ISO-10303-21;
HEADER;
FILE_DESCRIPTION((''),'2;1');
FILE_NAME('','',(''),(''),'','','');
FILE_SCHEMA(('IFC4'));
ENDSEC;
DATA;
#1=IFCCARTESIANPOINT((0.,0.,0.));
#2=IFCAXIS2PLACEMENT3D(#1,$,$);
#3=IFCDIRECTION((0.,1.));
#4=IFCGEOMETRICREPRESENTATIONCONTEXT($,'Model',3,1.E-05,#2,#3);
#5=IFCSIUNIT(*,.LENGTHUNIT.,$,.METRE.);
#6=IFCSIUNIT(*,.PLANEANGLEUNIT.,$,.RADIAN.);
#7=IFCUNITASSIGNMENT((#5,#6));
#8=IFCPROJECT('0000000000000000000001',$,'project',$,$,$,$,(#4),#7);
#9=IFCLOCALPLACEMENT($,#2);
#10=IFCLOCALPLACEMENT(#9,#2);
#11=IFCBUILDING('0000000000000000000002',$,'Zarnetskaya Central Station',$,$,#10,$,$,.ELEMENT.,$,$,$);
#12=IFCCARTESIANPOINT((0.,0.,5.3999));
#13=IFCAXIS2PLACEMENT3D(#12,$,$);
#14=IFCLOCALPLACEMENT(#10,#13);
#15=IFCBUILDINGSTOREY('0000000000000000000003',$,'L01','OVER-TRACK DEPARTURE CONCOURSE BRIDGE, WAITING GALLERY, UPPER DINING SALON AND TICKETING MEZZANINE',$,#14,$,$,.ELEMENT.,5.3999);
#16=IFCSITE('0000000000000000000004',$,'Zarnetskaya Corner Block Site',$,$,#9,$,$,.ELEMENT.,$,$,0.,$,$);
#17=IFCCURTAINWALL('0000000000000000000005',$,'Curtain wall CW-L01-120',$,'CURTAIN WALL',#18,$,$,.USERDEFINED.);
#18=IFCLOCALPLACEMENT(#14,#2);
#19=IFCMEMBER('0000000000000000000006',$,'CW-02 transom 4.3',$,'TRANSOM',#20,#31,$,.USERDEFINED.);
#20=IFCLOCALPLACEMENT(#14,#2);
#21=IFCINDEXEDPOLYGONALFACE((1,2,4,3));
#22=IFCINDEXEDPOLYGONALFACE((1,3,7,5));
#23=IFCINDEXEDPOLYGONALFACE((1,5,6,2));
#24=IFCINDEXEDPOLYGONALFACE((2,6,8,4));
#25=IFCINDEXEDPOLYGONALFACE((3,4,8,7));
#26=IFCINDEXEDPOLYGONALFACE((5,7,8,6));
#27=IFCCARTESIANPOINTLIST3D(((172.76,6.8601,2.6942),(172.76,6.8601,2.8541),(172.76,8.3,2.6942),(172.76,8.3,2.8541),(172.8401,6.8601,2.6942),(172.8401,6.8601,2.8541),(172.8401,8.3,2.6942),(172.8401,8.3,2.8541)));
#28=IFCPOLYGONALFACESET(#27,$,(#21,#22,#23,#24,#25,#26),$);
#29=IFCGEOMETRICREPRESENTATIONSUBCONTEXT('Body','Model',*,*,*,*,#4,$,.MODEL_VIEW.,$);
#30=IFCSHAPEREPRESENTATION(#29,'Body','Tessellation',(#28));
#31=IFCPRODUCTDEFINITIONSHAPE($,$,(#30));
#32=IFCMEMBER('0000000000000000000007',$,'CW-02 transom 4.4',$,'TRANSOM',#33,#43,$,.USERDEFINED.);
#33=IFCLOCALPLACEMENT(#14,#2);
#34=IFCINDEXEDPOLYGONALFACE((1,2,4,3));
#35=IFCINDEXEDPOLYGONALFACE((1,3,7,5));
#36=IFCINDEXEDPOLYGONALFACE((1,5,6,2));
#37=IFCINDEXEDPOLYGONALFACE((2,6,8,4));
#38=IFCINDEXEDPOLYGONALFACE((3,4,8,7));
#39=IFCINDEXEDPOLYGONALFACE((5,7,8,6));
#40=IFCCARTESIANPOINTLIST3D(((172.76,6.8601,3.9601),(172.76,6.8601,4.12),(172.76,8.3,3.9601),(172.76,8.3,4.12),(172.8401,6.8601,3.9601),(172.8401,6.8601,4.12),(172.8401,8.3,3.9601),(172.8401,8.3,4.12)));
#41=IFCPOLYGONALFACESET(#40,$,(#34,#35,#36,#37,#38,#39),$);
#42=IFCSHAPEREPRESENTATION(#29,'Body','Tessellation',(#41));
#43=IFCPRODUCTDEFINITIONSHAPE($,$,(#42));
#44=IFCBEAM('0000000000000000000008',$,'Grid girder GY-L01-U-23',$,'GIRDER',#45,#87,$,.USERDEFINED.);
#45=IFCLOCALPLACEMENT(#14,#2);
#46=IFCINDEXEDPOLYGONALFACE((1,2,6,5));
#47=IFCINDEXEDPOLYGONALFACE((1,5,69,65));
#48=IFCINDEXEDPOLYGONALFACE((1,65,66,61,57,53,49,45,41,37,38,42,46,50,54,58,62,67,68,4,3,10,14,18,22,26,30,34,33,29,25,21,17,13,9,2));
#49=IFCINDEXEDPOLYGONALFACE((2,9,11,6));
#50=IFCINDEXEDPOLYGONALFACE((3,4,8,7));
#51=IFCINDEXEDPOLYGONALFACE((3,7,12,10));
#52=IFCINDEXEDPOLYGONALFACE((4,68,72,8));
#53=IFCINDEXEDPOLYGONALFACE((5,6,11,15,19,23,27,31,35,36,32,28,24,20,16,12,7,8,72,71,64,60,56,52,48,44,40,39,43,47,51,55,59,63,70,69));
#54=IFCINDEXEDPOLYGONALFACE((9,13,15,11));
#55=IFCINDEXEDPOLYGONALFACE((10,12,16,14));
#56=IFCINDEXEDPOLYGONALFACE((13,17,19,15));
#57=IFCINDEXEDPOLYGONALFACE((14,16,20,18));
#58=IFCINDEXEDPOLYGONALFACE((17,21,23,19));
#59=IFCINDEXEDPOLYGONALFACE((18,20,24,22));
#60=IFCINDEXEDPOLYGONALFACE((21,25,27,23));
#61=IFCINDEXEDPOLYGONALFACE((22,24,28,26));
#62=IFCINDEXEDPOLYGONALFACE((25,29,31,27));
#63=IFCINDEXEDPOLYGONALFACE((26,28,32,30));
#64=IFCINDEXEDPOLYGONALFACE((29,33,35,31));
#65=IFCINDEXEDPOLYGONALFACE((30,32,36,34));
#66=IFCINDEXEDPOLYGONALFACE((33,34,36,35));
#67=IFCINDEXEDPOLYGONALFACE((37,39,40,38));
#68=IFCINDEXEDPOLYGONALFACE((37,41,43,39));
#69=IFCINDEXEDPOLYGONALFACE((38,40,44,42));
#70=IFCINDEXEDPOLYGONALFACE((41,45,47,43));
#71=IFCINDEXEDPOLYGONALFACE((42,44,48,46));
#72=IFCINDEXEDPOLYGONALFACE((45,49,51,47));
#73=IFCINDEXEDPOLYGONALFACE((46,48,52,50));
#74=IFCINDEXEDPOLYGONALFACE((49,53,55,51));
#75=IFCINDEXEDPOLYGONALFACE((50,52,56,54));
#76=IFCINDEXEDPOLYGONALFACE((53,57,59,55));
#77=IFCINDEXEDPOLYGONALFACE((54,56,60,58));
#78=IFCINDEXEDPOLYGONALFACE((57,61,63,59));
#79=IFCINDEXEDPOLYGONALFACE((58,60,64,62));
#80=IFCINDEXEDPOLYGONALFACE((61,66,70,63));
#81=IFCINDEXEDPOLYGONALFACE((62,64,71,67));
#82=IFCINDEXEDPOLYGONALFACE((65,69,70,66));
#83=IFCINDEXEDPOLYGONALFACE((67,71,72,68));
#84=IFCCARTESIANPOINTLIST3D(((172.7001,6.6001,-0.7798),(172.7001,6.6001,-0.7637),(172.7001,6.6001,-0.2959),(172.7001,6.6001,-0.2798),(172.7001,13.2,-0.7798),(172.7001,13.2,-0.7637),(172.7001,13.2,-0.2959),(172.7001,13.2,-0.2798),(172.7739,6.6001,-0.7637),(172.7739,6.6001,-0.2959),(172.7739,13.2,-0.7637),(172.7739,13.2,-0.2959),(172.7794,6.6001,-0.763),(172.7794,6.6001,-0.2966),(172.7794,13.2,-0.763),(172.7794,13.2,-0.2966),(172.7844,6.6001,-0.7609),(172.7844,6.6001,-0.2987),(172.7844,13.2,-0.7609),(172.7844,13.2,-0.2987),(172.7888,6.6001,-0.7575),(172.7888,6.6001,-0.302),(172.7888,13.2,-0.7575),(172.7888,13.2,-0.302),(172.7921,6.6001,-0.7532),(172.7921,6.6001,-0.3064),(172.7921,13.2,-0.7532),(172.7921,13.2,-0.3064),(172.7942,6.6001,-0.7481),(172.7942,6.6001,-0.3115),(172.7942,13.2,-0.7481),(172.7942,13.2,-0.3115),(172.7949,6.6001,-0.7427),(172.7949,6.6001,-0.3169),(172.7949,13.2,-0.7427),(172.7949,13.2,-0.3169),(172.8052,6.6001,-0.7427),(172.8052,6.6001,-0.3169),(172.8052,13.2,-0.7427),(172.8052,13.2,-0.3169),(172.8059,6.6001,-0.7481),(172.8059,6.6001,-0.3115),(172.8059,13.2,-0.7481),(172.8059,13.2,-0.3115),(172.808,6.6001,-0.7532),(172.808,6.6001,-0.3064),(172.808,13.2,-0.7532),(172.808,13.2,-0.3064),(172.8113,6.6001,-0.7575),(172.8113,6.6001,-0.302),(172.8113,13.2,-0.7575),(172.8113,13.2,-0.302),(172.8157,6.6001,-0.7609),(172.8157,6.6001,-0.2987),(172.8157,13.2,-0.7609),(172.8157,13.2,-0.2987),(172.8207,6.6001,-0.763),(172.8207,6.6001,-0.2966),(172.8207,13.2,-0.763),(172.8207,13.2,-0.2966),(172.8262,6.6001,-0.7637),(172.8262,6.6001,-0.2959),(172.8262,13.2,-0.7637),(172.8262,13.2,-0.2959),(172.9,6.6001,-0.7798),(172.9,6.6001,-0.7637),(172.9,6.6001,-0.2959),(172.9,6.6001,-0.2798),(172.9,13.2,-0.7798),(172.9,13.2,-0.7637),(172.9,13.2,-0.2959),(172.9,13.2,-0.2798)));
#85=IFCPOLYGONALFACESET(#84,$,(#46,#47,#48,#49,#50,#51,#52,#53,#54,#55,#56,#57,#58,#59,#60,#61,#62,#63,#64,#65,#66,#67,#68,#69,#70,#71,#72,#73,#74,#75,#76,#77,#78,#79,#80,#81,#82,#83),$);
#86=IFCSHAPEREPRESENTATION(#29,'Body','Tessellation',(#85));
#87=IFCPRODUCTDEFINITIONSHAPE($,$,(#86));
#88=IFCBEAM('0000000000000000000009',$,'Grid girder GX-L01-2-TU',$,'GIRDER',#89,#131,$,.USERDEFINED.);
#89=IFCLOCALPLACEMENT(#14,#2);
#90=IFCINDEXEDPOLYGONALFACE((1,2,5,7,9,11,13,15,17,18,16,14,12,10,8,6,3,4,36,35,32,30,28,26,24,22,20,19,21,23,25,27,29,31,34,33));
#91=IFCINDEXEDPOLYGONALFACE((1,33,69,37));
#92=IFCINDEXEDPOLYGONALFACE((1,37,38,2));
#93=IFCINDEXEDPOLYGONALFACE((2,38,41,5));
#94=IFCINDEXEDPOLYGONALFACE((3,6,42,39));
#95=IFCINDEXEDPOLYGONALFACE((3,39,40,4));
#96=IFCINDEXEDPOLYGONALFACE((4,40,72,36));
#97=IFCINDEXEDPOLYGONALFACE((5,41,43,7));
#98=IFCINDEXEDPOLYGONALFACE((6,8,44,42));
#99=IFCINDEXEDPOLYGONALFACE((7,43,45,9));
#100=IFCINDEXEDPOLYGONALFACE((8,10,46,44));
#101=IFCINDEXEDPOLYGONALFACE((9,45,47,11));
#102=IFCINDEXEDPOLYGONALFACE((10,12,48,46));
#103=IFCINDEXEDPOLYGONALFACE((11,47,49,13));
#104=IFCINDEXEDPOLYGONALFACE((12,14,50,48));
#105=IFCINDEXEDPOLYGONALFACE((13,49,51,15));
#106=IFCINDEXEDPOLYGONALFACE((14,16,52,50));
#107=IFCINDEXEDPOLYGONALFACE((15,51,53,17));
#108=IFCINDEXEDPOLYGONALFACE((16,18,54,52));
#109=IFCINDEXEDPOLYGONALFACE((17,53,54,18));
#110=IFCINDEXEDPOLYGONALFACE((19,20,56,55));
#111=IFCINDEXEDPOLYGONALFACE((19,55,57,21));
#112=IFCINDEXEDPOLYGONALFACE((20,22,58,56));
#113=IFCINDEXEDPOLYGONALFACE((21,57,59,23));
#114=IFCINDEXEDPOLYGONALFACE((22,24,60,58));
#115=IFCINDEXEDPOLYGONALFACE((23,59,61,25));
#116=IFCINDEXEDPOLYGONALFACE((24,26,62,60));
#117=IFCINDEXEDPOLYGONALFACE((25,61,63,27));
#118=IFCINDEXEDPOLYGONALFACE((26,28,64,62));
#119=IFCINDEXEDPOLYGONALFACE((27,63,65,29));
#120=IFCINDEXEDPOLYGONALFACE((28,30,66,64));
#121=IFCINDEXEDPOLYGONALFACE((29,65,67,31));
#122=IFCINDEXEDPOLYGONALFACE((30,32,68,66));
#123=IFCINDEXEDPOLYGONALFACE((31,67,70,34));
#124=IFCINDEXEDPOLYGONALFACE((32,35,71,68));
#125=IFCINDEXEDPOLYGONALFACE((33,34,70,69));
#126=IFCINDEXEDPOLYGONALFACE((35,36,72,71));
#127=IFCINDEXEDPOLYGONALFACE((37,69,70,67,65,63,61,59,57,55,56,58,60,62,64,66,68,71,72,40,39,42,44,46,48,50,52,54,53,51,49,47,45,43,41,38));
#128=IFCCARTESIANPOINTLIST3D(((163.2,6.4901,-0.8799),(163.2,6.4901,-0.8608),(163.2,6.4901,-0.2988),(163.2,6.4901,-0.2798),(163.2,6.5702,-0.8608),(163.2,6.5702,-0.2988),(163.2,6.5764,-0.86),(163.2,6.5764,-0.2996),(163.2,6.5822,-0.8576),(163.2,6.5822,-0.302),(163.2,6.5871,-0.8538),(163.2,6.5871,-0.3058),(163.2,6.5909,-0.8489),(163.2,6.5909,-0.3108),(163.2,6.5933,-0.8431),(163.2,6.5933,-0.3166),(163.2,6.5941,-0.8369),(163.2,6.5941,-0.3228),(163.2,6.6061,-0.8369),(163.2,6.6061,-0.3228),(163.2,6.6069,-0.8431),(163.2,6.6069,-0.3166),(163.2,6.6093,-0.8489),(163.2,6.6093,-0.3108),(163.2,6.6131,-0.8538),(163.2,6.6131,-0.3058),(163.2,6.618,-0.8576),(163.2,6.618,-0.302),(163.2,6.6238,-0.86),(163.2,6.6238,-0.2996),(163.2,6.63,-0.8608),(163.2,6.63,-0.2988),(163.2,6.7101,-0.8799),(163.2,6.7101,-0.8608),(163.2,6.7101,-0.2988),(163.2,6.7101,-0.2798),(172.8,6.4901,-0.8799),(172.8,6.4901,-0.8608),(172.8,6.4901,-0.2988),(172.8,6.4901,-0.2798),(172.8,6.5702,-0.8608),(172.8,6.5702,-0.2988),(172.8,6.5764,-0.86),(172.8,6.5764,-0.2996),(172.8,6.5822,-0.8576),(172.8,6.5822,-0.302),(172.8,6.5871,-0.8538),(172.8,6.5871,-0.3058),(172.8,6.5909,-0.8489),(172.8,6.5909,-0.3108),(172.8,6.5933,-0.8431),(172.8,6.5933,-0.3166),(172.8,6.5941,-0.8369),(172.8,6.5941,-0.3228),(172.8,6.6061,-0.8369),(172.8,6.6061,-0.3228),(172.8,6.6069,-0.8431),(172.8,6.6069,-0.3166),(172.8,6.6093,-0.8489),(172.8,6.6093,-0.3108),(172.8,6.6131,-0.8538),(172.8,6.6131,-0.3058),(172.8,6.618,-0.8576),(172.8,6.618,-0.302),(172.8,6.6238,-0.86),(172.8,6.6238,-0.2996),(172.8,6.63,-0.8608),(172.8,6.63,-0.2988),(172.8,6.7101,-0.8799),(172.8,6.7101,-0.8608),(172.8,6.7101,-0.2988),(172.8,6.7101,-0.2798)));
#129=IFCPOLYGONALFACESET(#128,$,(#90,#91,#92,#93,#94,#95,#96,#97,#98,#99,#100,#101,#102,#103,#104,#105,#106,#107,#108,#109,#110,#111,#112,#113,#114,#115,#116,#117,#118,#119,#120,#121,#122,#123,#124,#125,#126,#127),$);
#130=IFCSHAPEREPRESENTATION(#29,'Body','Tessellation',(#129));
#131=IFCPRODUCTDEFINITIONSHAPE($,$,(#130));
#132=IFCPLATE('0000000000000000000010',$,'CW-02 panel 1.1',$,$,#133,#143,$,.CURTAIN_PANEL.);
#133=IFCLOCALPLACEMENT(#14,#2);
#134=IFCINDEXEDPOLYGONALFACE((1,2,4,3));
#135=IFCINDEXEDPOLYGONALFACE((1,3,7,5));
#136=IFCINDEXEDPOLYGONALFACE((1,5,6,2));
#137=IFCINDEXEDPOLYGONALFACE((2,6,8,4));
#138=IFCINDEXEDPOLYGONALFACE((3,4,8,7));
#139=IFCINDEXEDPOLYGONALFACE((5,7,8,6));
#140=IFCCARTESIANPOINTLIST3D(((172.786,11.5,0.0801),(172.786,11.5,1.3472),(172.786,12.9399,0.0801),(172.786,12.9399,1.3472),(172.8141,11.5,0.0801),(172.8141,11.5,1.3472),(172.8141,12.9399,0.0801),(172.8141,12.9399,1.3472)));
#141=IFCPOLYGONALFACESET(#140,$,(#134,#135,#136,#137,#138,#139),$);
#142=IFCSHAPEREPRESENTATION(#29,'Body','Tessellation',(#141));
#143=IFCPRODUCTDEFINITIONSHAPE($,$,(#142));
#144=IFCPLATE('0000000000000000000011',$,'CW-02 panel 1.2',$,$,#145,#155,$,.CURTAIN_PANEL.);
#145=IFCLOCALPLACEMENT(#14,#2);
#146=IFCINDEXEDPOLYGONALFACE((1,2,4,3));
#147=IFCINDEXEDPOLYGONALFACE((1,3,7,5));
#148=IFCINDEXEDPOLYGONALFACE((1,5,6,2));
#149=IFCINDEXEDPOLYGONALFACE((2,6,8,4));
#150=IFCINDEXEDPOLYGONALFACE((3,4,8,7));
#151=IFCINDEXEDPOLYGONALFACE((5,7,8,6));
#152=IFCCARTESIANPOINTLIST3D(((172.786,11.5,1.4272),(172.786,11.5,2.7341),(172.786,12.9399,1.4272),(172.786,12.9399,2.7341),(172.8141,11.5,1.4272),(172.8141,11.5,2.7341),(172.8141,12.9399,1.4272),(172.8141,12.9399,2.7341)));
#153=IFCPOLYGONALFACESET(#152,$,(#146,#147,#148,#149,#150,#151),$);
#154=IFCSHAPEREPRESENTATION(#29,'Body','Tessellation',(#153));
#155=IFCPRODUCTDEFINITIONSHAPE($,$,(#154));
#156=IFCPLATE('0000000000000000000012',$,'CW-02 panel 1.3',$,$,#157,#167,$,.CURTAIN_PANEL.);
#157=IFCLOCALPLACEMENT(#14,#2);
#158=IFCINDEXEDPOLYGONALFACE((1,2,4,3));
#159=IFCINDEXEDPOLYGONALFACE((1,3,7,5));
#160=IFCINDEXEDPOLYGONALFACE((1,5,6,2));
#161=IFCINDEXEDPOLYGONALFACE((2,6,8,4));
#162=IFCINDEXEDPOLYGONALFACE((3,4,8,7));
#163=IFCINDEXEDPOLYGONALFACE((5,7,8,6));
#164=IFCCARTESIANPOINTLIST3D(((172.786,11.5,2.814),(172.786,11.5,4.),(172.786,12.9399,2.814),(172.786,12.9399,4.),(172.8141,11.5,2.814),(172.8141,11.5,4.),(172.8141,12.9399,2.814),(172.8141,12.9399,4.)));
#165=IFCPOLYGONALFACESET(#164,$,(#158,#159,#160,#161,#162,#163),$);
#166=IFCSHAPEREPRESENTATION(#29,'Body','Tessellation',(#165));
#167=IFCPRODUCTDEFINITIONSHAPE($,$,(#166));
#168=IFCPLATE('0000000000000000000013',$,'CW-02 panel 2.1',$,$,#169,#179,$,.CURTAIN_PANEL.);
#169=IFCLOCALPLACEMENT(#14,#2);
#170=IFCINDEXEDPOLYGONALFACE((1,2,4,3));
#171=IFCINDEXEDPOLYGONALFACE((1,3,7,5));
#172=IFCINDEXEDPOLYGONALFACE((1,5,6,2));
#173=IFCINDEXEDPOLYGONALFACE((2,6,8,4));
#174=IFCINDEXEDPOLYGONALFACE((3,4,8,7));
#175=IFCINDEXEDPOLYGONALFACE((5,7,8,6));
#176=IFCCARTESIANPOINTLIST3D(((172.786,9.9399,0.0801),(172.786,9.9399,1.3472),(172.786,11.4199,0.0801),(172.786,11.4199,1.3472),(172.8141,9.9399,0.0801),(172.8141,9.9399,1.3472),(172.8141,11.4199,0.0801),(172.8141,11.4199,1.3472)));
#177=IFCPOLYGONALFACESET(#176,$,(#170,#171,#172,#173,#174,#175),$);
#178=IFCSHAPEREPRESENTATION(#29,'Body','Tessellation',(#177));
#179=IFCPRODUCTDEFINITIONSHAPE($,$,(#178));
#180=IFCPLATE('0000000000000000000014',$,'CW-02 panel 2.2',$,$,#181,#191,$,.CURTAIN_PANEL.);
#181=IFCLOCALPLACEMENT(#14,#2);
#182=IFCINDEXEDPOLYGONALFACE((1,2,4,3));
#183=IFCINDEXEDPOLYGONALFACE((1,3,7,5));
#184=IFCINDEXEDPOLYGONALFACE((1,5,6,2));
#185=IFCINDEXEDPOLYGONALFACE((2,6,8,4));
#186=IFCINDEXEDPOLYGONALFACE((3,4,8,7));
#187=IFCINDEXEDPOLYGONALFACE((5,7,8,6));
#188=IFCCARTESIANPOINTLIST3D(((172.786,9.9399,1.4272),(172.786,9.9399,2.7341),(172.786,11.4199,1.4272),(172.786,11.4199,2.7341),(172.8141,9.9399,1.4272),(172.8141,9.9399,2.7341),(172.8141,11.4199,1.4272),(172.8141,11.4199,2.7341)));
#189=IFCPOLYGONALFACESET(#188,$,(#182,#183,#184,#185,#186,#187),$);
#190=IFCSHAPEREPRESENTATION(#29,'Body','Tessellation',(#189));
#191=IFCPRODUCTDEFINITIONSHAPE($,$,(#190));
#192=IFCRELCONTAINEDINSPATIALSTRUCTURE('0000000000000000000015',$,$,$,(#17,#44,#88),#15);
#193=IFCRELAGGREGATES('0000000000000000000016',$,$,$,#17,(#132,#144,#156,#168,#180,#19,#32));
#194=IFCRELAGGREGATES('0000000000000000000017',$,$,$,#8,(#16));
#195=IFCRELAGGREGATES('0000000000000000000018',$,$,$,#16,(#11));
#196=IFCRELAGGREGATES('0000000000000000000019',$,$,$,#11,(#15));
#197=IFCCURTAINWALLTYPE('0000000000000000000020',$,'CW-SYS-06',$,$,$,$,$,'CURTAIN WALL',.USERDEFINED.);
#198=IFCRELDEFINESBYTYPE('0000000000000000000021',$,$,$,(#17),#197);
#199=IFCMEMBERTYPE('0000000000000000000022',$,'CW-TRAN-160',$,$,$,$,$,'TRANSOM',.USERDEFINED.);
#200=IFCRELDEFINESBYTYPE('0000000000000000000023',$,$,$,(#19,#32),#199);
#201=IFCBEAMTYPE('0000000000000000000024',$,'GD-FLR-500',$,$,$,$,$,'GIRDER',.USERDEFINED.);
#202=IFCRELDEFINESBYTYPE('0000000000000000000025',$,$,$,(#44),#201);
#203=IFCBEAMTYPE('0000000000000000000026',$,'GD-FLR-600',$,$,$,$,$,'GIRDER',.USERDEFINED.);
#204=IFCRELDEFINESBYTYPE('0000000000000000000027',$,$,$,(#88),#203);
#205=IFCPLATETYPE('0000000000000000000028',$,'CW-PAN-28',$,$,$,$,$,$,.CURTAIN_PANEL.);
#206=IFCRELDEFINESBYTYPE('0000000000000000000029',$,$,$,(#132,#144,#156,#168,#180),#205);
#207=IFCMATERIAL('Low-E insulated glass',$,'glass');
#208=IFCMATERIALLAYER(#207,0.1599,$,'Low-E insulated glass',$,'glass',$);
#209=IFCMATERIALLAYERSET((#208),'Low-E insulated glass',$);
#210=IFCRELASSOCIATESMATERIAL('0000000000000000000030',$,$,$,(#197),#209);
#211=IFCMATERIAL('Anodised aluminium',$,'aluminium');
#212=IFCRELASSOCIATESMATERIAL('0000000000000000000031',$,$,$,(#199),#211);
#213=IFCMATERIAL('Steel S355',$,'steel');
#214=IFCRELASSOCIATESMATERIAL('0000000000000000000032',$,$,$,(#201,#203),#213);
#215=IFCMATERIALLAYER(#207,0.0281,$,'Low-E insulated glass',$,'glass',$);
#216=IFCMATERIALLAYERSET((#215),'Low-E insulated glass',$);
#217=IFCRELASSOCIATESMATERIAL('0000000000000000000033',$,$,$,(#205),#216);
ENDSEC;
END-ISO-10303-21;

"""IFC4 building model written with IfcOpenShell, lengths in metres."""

from ifc_helpers import new_model, si_unit, direction, frame, origin, origin_2d, place, context, subcontext, project, spatial, rectangle, i_section, extrude, material, layer, layer_set, material_profile, profile_set, type_object, element, aggregate, save


model = new_model("IFC4")

# Units and contexts
model_context = context("Model", 3, precision=1e-05, world=origin(), true_north=direction((0.0, 1.0)))
body_context = subcontext(model_context, "Body", "Model", "MODEL_VIEW")
ifc_project = project(units=[si_unit("LENGTHUNIT", "METRE"), si_unit("PLANEANGLEUNIT", "RADIAN")], contexts=[model_context])

# Site, building, storey
site_placement = place(None, origin())
site = spatial("IfcSite", under=ifc_project, at=site_placement, Name="Zarnetskaya Corner Block Site", CompositionType="ELEMENT", RefElevation=0.0)
building_placement = place(site_placement, origin())
building = spatial("IfcBuilding", under=site, at=building_placement, Name="Zarnetskaya Central Station", CompositionType="ELEMENT")
storey_placement = place(building_placement, frame((0.0, 0.0, 5.3999)))
storey = spatial("IfcBuildingStorey", under=building, at=storey_placement, Name="L01", Description="OVER-TRACK DEPARTURE CONCOURSE BRIDGE, WAITING GALLERY, UPPER DINING SALON AND TICKETING MEZZANINE", CompositionType="ELEMENT", Elevation=5.3999)

# Shared definitions
ifc_material_1 = material(Name="Steel S355", Category="steel")

# Curtain wall, members
ifc_material_2 = material(Name="Low-E insulated glass", Category="glass")
ifc_layer_1 = layer(ifc_material_2, 0.1599, Name="Low-E insulated glass", Category="glass")
ifc_layer_set_1 = layer_set([ifc_layer_1], Name="Low-E insulated glass")
curtain_wall_type = type_object("IfcCurtainWallType", Name="CW-SYS-06", ElementType="CURTAIN WALL", PredefinedType="USERDEFINED", material=ifc_layer_set_1)
curtain_wall_placement = place(storey_placement, origin())
curtain_wall = element("IfcCurtainWall", 1, at=curtain_wall_placement, inside=storey, type_object=curtain_wall_type, Name="Curtain wall CW-L01-120", ObjectType="CURTAIN WALL", PredefinedType="USERDEFINED")
ifc_material_3 = material(Name="Anodised aluminium", Category="aluminium")
ifc_material_profile_1 = material_profile(ifc_material_3, rectangle(XDim=0.0801, YDim=0.1599, at=origin_2d()), Name="ALU TRAN 80x160")
ifc_profile_set_1 = profile_set([ifc_material_profile_1], Name="Anodised aluminium")
member_type_1 = type_object("IfcMemberType", Name="CW-TRAN-160", ElementType="TRANSOM", PredefinedType="USERDEFINED", material=ifc_profile_set_1)
member_1_placement = place(storey_placement, frame((172.8, 8.3, 2.7742), z_axis=(0.0, -1.0, 0.0), x_axis=(1.0, 0.0, 0.0)))
member_1 = element("IfcMember", 2, at=member_1_placement, type_object=member_type_1, Name="CW-02 transom 4.3", ObjectType="TRANSOM", PredefinedType="USERDEFINED", context=body_context, shape_type="SweptSolid", body=[
    extrude(rectangle(XDim=0.0801, YDim=0.1599, at=origin_2d()), origin(), (0.0, 0.0, 1.0), 1.4399),
])
member_2_placement = place(storey_placement, frame((172.8, 8.3, 4.04), z_axis=(0.0, -1.0, 0.0), x_axis=(1.0, 0.0, 0.0)))
member_2 = element("IfcMember", 3, at=member_2_placement, type_object=member_type_1, Name="CW-02 transom 4.4", ObjectType="TRANSOM", PredefinedType="USERDEFINED", context=body_context, shape_type="SweptSolid", body=[
    extrude(rectangle(XDim=0.0801, YDim=0.1599, at=origin_2d()), origin(), (0.0, 0.0, 1.0), 1.4399),
])

# Beams
ifc_material_profile_2 = material_profile(ifc_material_1, i_section(OverallWidth=0.2, OverallDepth=0.5, WebThickness=0.0103, FlangeThickness=0.0161, FilletRadius=0.021, at=origin_2d()), Name="IPE 500")
ifc_profile_set_2 = profile_set([ifc_material_profile_2], Name="Steel S355")
beam_type_1 = type_object("IfcBeamType", Name="GD-FLR-500", ElementType="GIRDER", PredefinedType="USERDEFINED", material=ifc_profile_set_2)
beam_1_placement = place(storey_placement, frame((172.8, 6.6001, -0.5298), z_axis=(0.0, 1.0, 0.0), x_axis=(-1.0, 0.0, 0.0)))
element("IfcBeam", 4, at=beam_1_placement, inside=storey, type_object=beam_type_1, Name="Grid girder GY-L01-U-23", ObjectType="GIRDER", PredefinedType="USERDEFINED", context=body_context, shape_type="SweptSolid", body=[
    extrude(i_section(OverallWidth=0.2, OverallDepth=0.5, WebThickness=0.0103, FlangeThickness=0.0161, FilletRadius=0.021, at=origin_2d()), origin(), (0.0, 0.0, 1.0), 6.5999),
])
ifc_material_profile_3 = material_profile(ifc_material_1, i_section(OverallWidth=0.22, OverallDepth=0.6001, WebThickness=0.012, FlangeThickness=0.019, FilletRadius=0.0239, at=origin_2d()), Name="IPE 600")
ifc_profile_set_3 = profile_set([ifc_material_profile_3], Name="Steel S355")
beam_type_2 = type_object("IfcBeamType", Name="GD-FLR-600", ElementType="GIRDER", PredefinedType="USERDEFINED", material=ifc_profile_set_3)
beam_2_placement = place(storey_placement, frame((163.2, 6.6001, -0.5798), z_axis=(1.0, 0.0, 0.0), x_axis=(0.0, 1.0, 0.0)))
element("IfcBeam", 5, at=beam_2_placement, inside=storey, type_object=beam_type_2, Name="Grid girder GX-L01-2-TU", ObjectType="GIRDER", PredefinedType="USERDEFINED", context=body_context, shape_type="SweptSolid", body=[
    extrude(i_section(OverallWidth=0.22, OverallDepth=0.6001, WebThickness=0.012, FlangeThickness=0.019, FilletRadius=0.0239, at=origin_2d()), origin(), (0.0, 0.0, 1.0), 9.6001),
])

# Plates
ifc_layer_2 = layer(ifc_material_2, 0.0281, Name="Low-E insulated glass", Category="glass")
ifc_layer_set_2 = layer_set([ifc_layer_2], Name="Low-E insulated glass")
plate_type = type_object("IfcPlateType", Name="CW-PAN-28", PredefinedType="CURTAIN_PANEL", material=ifc_layer_set_2)
plate_1_placement = place(storey_placement, frame((172.8, 12.22, 0.0801), z_axis=(0.0, 0.0, 1.0), x_axis=(0.0, -1.0, 0.0)))
plate_1 = element("IfcPlate", 6, at=plate_1_placement, type_object=plate_type, Name="CW-02 panel 1.1", PredefinedType="CURTAIN_PANEL", context=body_context, shape_type="SweptSolid", body=[
    extrude(rectangle(XDim=1.4399, YDim=0.0281, at=origin_2d()), origin(), (0.0, 0.0, 1.0), 1.2671),
])
plate_2_placement = place(storey_placement, frame((172.8, 12.22, 1.4272), z_axis=(0.0, 0.0, 1.0), x_axis=(0.0, -1.0, 0.0)))
plate_2 = element("IfcPlate", 7, at=plate_2_placement, type_object=plate_type, Name="CW-02 panel 1.2", PredefinedType="CURTAIN_PANEL", context=body_context, shape_type="SweptSolid", body=[
    extrude(rectangle(XDim=1.4399, YDim=0.0281, at=origin_2d()), origin(), (0.0, 0.0, 1.0), 1.3069),
])
plate_3_placement = place(storey_placement, frame((172.8, 12.22, 2.814), z_axis=(0.0, 0.0, 1.0), x_axis=(0.0, -1.0, 0.0)))
plate_3 = element("IfcPlate", 8, at=plate_3_placement, type_object=plate_type, Name="CW-02 panel 1.3", PredefinedType="CURTAIN_PANEL", context=body_context, shape_type="SweptSolid", body=[
    extrude(rectangle(XDim=1.4399, YDim=0.0281, at=origin_2d()), origin(), (0.0, 0.0, 1.0), 1.186),
])
plate_4_placement = place(storey_placement, frame((172.8, 10.6799, 0.0801), z_axis=(0.0, 0.0, 1.0), x_axis=(0.0, -1.0, 0.0)))
plate_4 = element("IfcPlate", 9, at=plate_4_placement, type_object=plate_type, Name="CW-02 panel 2.1", PredefinedType="CURTAIN_PANEL", context=body_context, shape_type="SweptSolid", body=[
    extrude(rectangle(XDim=1.48, YDim=0.0281, at=origin_2d()), origin(), (0.0, 0.0, 1.0), 1.2671),
])
plate_5_placement = place(storey_placement, frame((172.8, 10.6799, 1.4272), z_axis=(0.0, 0.0, 1.0), x_axis=(0.0, -1.0, 0.0)))
plate_5 = element("IfcPlate", 10, at=plate_5_placement, type_object=plate_type, Name="CW-02 panel 2.2", PredefinedType="CURTAIN_PANEL", context=body_context, shape_type="SweptSolid", body=[
    extrude(rectangle(XDim=1.48, YDim=0.0281, at=origin_2d()), origin(), (0.0, 0.0, 1.0), 1.3069),
])
aggregate(curtain_wall, [plate_1, plate_2, plate_3, plate_4, plate_5, member_1, member_2])

save(model, "model.ifc")
